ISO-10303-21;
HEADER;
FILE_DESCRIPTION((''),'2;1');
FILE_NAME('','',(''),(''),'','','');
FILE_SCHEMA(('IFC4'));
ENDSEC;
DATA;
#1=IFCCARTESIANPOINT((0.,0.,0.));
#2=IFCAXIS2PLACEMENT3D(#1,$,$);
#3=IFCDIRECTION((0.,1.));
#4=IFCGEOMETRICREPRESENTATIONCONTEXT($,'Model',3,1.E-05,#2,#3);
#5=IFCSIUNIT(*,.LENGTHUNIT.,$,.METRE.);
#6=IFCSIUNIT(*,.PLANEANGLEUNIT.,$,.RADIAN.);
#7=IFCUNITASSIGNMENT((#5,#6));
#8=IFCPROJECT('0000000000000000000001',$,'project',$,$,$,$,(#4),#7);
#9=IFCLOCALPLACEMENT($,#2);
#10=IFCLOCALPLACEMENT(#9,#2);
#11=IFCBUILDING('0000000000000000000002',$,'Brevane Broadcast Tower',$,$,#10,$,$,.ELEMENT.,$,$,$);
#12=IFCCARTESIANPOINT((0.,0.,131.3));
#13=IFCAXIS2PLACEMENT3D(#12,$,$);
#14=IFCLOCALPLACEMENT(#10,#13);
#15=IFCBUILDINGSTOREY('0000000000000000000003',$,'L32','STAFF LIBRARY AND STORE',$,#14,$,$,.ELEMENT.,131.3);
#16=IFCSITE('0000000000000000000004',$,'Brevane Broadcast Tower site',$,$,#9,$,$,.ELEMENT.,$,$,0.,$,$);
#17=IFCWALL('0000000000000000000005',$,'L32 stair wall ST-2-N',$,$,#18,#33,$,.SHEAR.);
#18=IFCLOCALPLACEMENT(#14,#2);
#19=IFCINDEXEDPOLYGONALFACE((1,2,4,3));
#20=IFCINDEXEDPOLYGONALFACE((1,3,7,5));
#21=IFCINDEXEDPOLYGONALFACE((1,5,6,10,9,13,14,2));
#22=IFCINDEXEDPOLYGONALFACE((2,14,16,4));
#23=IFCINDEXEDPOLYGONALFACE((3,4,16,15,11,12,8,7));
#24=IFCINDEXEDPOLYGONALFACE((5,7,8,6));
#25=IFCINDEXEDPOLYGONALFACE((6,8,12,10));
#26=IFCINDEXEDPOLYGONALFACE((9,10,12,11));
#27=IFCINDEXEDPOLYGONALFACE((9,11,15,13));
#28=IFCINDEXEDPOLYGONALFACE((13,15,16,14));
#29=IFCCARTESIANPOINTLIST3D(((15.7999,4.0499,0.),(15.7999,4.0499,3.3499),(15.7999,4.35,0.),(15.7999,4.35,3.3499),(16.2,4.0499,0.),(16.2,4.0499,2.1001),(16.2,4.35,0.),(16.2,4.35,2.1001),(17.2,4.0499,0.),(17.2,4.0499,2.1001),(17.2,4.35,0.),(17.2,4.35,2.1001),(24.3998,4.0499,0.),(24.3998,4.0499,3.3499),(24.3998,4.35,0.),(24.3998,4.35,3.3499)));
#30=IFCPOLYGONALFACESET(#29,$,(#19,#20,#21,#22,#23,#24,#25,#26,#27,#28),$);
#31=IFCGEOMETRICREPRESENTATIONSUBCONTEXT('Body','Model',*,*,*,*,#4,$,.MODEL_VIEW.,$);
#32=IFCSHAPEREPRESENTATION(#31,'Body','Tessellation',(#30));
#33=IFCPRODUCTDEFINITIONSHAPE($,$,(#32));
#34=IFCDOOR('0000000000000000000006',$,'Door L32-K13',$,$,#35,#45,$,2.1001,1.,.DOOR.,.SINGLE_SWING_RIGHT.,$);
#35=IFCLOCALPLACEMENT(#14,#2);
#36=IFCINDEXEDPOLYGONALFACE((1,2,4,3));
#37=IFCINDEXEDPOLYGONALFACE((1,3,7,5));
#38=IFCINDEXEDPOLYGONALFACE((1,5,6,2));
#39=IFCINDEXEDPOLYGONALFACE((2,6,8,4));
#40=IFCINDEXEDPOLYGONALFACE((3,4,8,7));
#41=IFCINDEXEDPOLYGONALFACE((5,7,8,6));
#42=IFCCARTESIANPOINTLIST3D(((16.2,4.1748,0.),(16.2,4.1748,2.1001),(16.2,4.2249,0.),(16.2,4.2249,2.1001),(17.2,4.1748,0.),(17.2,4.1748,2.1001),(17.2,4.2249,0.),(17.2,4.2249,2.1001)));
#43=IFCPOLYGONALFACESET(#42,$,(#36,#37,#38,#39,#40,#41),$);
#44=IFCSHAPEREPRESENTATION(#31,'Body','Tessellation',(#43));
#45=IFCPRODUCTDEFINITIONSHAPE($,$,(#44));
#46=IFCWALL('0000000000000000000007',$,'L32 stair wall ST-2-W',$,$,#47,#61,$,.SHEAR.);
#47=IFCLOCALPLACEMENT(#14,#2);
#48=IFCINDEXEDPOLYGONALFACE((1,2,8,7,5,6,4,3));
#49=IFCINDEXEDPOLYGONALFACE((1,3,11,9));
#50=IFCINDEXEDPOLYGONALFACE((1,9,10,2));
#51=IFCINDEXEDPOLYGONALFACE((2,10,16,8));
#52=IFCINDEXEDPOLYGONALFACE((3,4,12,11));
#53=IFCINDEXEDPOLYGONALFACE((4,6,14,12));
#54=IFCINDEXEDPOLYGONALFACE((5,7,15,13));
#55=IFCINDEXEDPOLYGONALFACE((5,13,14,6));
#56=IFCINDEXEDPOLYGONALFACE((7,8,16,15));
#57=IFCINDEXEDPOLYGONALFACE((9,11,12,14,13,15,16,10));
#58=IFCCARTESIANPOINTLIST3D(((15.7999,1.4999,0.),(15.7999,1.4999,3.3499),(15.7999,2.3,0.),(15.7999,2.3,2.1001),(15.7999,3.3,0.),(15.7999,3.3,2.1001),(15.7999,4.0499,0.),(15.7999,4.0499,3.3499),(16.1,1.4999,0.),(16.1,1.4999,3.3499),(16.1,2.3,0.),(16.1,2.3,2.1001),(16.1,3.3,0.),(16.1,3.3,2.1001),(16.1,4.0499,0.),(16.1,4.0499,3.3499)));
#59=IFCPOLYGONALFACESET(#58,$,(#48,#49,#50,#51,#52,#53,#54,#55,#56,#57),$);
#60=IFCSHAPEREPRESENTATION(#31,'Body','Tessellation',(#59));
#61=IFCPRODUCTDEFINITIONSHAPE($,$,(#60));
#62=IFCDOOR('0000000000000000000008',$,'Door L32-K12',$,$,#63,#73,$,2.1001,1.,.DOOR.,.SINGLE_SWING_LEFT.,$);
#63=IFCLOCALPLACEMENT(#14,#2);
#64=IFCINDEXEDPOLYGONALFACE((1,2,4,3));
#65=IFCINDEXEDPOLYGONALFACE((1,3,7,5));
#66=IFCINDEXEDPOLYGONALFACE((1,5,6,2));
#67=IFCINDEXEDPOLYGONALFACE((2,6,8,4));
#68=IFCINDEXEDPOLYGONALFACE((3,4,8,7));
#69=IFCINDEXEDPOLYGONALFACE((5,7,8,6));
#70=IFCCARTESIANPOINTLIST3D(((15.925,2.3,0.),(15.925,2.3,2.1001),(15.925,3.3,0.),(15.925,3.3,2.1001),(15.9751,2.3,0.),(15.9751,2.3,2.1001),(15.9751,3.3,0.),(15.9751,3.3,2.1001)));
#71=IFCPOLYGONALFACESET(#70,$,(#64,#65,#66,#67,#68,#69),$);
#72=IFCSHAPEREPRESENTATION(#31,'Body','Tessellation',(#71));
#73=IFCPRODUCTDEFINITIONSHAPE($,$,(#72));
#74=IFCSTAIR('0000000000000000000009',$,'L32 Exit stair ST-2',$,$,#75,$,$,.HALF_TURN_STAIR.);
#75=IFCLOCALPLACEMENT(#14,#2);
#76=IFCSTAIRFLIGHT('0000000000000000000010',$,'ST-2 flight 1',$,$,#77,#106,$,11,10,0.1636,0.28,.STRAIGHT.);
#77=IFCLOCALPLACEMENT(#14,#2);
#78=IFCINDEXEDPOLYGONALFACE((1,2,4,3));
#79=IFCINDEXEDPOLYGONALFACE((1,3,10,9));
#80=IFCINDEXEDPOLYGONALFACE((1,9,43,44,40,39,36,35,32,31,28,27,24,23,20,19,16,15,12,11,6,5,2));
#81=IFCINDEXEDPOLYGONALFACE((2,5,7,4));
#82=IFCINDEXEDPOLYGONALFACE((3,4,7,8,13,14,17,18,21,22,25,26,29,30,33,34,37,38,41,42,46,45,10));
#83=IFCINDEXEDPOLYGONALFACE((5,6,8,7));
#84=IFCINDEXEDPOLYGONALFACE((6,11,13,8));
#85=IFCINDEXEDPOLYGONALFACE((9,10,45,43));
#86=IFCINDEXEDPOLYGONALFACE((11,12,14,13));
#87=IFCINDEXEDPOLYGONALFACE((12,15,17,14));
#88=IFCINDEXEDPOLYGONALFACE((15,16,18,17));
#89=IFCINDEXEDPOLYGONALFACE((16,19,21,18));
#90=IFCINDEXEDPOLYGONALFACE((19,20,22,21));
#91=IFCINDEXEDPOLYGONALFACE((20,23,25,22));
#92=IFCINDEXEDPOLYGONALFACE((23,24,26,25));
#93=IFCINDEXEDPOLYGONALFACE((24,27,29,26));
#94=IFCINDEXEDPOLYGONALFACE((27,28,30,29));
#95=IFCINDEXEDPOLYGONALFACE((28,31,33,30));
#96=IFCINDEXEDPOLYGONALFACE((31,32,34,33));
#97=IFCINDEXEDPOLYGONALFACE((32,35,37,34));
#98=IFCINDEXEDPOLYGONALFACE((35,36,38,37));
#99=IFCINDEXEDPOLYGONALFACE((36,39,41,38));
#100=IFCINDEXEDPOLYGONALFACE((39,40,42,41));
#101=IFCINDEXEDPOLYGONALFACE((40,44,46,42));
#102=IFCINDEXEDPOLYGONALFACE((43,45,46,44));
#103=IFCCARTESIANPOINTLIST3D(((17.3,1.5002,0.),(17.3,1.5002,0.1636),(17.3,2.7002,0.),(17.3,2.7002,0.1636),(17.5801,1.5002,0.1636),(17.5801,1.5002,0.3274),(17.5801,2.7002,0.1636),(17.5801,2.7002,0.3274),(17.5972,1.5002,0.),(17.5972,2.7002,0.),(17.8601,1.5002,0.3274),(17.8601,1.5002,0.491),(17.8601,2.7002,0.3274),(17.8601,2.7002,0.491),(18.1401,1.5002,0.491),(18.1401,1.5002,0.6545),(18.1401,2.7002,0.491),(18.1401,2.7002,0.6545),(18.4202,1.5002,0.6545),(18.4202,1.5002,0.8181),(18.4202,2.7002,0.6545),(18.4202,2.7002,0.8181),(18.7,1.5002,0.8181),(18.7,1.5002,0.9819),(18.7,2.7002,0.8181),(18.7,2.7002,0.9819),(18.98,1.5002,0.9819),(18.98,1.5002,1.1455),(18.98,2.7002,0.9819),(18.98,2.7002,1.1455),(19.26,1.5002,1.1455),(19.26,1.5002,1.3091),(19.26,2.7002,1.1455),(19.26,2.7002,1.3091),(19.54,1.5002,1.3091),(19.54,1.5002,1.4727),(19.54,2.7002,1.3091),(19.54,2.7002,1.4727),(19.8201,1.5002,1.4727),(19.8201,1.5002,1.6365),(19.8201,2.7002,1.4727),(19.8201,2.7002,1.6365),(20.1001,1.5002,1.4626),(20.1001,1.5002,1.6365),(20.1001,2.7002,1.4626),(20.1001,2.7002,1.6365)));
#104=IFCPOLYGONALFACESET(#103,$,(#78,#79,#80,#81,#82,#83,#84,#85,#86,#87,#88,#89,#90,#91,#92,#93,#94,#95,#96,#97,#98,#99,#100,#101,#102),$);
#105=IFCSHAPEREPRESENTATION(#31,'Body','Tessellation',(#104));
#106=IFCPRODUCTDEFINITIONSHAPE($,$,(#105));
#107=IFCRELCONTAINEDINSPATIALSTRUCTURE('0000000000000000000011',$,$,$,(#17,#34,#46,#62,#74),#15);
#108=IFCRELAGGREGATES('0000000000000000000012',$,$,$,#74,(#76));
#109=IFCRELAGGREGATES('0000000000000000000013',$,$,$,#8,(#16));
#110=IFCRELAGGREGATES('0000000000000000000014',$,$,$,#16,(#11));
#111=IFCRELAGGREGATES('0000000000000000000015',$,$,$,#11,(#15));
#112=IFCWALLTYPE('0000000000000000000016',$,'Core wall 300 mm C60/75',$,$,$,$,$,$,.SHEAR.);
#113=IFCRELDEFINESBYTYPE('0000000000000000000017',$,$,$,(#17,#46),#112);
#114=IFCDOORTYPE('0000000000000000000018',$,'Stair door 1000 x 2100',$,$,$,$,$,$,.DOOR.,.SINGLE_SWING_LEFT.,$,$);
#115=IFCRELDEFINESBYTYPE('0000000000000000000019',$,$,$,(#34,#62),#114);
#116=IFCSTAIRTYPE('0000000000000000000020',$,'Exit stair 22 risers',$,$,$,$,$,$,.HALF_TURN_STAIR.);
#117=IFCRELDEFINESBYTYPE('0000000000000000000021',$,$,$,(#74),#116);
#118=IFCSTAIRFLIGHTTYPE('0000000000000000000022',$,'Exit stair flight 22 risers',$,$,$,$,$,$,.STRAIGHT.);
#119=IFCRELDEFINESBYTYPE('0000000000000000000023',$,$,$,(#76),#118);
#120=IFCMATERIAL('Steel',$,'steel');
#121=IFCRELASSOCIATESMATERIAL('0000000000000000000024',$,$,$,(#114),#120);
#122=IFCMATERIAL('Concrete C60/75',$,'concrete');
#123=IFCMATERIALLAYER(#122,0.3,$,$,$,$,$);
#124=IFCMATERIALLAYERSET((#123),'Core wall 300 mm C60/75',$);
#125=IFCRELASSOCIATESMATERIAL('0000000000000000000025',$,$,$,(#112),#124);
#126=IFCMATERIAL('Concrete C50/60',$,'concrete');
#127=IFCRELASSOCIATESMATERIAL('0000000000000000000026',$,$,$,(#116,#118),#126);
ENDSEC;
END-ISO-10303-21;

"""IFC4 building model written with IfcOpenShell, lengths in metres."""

from ifc_helpers import new_model, si_unit, direction, frame, frame_2d, origin, place, context, subcontext, project, spatial, polyline, rectangle, outline, extrude, material, layer, layer_set, type_object, element, fill, aggregate, save


model = new_model("IFC4")

# Units and contexts
model_context = context("Model", 3, precision=1e-05, world=origin(), true_north=direction((0.0, 1.0)))
body_context = subcontext(model_context, "Body", "Model", "MODEL_VIEW")
ifc_project = project(units=[si_unit("LENGTHUNIT", "METRE"), si_unit("PLANEANGLEUNIT", "RADIAN")], contexts=[model_context])

# Site, building, storey
site_placement = place(None, origin())
site = spatial("IfcSite", under=ifc_project, at=site_placement, Name="Brevane Broadcast Tower site", CompositionType="ELEMENT", RefElevation=0.0)
building_placement = place(site_placement, origin())
building = spatial("IfcBuilding", under=site, at=building_placement, Name="Brevane Broadcast Tower", CompositionType="ELEMENT")
storey_placement = place(building_placement, frame((0.0, 0.0, 131.3)))
storey = spatial("IfcBuildingStorey", under=building, at=storey_placement, Name="L32", Description="STAFF LIBRARY AND STORE", CompositionType="ELEMENT", Elevation=131.3)

# Shared definitions
ifc_material_1 = material(Name="Steel", Category="steel")
door_type_1 = type_object("IfcDoorType", Name="Stair door 1000 x 2100", OperationType="SINGLE_SWING_LEFT", PredefinedType="DOOR", material=ifc_material_1)

# Shared definitions
ifc_material_2 = material(Name="Concrete C60/75", Category="concrete")
ifc_layer_1 = layer(ifc_material_2, 0.3)
ifc_layer_set_1 = layer_set([ifc_layer_1], Name="Core wall 300 mm C60/75")
wall_type_1 = type_object("IfcWallType", Name="Core wall 300 mm C60/75", PredefinedType="SHEAR", material=ifc_layer_set_1)

# Walls, openings, doors
wall_1_placement = place(storey_placement, frame((15.8, 4.2, 0.0), z_axis=(0.0, 0.0, 1.0), x_axis=(1.0, 0.0, 0.0)))
wall_1 = element("IfcWall", 1, at=wall_1_placement, inside=storey, type_object=wall_type_1, Name="L32 stair wall ST-2-N", PredefinedType="SHEAR", context=body_context, shape_type="SweptSolid", body=[
    extrude(rectangle(XDim=8.5999, YDim=0.3, at=frame_2d((4.2998, 0.0))), origin(), (0.0, 0.0, 1.0), 3.3499),
])
opening_1_placement = place(wall_1_placement, frame((0.3999, 0.0, 0.0)))
opening_1 = element("IfcOpeningElement", 2, at=opening_1_placement, cuts=wall_1, PredefinedType="OPENING", context=body_context, shape_type="SweptSolid", body=[
    extrude(rectangle(XDim=1.0, YDim=2.1001, at=frame_2d((0.5, 1.05))), frame((0.0, 0.1599, 0.0), z_axis=(0.0, -1.0, 0.0), x_axis=(1.0, 0.0, 0.0)), (0.0, 0.0, 1.0), 0.3201),
])
door_1_placement = place(opening_1_placement, origin())
door_1 = element("IfcDoor", 3, at=door_1_placement, inside=storey, type_object=door_type_1, Name="Door L32-K13", OperationType="SINGLE_SWING_RIGHT", OverallHeight=2.1001, OverallWidth=1.0, PredefinedType="DOOR", context=body_context, shape_type="SweptSolid", body=[
    extrude(rectangle(XDim=1.0, YDim=2.1001, at=frame_2d((0.5, 1.05))), frame((0.0, 0.0249, 0.0), z_axis=(0.0, -1.0, 0.0), x_axis=(1.0, 0.0, 0.0)), (0.0, 0.0, 1.0), 0.05),
])
fill(opening_1, door_1)
wall_2_placement = place(storey_placement, frame((15.95, 1.5, 0.0), z_axis=(0.0, 0.0, 1.0), x_axis=(0.0, 1.0, 0.0)))
wall_2 = element("IfcWall", 4, at=wall_2_placement, inside=storey, type_object=wall_type_1, Name="L32 stair wall ST-2-W", PredefinedType="SHEAR", context=body_context, shape_type="SweptSolid", body=[
    extrude(rectangle(XDim=2.55, YDim=0.3, at=frame_2d((1.2749, 0.0))), origin(), (0.0, 0.0, 1.0), 3.3499),
])
opening_2_placement = place(wall_2_placement, frame((0.8, 0.0, 0.0)))
opening_2 = element("IfcOpeningElement", 5, at=opening_2_placement, cuts=wall_2, PredefinedType="OPENING", context=body_context, shape_type="SweptSolid", body=[
    extrude(rectangle(XDim=1.0, YDim=2.1001, at=frame_2d((0.5, 1.05))), frame((0.0, 0.1599, 0.0), z_axis=(0.0, -1.0, 0.0), x_axis=(1.0, 0.0, 0.0)), (0.0, 0.0, 1.0), 0.3201),
])
door_2_placement = place(opening_2_placement, origin())
door_2 = element("IfcDoor", 6, at=door_2_placement, inside=storey, type_object=door_type_1, Name="Door L32-K12", OperationType="SINGLE_SWING_LEFT", OverallHeight=2.1001, OverallWidth=1.0, PredefinedType="DOOR", context=body_context, shape_type="SweptSolid", body=[
    extrude(rectangle(XDim=1.0, YDim=2.1001, at=frame_2d((0.5, 1.05))), frame((0.0, 0.0249, 0.0), z_axis=(0.0, -1.0, 0.0), x_axis=(1.0, 0.0, 0.0)), (0.0, 0.0, 1.0), 0.05),
])
fill(opening_2, door_2)

# Stair, stair flight
ifc_material_3 = material(Name="Concrete C50/60", Category="concrete")
stair_type = type_object("IfcStairType", Name="Exit stair 22 risers", PredefinedType="HALF_TURN_STAIR", material=ifc_material_3)
stair_placement = place(storey_placement, origin())
stair = element("IfcStair", 7, at=stair_placement, inside=storey, type_object=stair_type, Name="L32 Exit stair ST-2", PredefinedType="HALF_TURN_STAIR")
stair_flight_type = type_object("IfcStairFlightType", Name="Exit stair flight 22 risers", PredefinedType="STRAIGHT", material=ifc_material_3)
stair_flight_placement = place(storey_placement, frame((17.3, 2.1001, 0.0), z_axis=(0.0, 0.0, 1.0), x_axis=(1.0, 0.0, 0.0)))
stair_flight = element("IfcStairFlight", 8, at=stair_flight_placement, type_object=stair_flight_type, Name="ST-2 flight 1", NumberOfRisers=11, NumberOfTreads=10, PredefinedType="STRAIGHT", RiserHeight=0.1636, TreadLength=0.28, context=body_context, shape_type="SweptSolid", body=[
    extrude(outline(polyline([(0.0, 0.0), (0.0, 0.1636), (0.28, 0.1636), (0.28, 0.3274), (0.5601, 0.3274), (0.5601, 0.491), (0.8401, 0.491), (0.8401, 0.6545), (1.1201, 0.6545), (1.1201, 0.8181), (1.3999, 0.8181), (1.3999, 0.9819), (1.6799, 0.9819), (1.6799, 1.1455), (1.96, 1.1455), (1.96, 1.3091), (2.24, 1.3091), (2.24, 1.4727), (2.52, 1.4727), (2.52, 1.6365), (2.8, 1.6365), (2.8, 1.8), (2.8, 1.4626), (0.2971, 0.0), (0.0, 0.0)])), frame((0.0, 0.6001, 0.0), z_axis=(0.0, -1.0, 0.0), x_axis=(1.0, 0.0, 0.0)), (0.0, 0.0, 1.0), 1.2),
])
aggregate(stair, [stair_flight])

save(model, "model.ifc")
